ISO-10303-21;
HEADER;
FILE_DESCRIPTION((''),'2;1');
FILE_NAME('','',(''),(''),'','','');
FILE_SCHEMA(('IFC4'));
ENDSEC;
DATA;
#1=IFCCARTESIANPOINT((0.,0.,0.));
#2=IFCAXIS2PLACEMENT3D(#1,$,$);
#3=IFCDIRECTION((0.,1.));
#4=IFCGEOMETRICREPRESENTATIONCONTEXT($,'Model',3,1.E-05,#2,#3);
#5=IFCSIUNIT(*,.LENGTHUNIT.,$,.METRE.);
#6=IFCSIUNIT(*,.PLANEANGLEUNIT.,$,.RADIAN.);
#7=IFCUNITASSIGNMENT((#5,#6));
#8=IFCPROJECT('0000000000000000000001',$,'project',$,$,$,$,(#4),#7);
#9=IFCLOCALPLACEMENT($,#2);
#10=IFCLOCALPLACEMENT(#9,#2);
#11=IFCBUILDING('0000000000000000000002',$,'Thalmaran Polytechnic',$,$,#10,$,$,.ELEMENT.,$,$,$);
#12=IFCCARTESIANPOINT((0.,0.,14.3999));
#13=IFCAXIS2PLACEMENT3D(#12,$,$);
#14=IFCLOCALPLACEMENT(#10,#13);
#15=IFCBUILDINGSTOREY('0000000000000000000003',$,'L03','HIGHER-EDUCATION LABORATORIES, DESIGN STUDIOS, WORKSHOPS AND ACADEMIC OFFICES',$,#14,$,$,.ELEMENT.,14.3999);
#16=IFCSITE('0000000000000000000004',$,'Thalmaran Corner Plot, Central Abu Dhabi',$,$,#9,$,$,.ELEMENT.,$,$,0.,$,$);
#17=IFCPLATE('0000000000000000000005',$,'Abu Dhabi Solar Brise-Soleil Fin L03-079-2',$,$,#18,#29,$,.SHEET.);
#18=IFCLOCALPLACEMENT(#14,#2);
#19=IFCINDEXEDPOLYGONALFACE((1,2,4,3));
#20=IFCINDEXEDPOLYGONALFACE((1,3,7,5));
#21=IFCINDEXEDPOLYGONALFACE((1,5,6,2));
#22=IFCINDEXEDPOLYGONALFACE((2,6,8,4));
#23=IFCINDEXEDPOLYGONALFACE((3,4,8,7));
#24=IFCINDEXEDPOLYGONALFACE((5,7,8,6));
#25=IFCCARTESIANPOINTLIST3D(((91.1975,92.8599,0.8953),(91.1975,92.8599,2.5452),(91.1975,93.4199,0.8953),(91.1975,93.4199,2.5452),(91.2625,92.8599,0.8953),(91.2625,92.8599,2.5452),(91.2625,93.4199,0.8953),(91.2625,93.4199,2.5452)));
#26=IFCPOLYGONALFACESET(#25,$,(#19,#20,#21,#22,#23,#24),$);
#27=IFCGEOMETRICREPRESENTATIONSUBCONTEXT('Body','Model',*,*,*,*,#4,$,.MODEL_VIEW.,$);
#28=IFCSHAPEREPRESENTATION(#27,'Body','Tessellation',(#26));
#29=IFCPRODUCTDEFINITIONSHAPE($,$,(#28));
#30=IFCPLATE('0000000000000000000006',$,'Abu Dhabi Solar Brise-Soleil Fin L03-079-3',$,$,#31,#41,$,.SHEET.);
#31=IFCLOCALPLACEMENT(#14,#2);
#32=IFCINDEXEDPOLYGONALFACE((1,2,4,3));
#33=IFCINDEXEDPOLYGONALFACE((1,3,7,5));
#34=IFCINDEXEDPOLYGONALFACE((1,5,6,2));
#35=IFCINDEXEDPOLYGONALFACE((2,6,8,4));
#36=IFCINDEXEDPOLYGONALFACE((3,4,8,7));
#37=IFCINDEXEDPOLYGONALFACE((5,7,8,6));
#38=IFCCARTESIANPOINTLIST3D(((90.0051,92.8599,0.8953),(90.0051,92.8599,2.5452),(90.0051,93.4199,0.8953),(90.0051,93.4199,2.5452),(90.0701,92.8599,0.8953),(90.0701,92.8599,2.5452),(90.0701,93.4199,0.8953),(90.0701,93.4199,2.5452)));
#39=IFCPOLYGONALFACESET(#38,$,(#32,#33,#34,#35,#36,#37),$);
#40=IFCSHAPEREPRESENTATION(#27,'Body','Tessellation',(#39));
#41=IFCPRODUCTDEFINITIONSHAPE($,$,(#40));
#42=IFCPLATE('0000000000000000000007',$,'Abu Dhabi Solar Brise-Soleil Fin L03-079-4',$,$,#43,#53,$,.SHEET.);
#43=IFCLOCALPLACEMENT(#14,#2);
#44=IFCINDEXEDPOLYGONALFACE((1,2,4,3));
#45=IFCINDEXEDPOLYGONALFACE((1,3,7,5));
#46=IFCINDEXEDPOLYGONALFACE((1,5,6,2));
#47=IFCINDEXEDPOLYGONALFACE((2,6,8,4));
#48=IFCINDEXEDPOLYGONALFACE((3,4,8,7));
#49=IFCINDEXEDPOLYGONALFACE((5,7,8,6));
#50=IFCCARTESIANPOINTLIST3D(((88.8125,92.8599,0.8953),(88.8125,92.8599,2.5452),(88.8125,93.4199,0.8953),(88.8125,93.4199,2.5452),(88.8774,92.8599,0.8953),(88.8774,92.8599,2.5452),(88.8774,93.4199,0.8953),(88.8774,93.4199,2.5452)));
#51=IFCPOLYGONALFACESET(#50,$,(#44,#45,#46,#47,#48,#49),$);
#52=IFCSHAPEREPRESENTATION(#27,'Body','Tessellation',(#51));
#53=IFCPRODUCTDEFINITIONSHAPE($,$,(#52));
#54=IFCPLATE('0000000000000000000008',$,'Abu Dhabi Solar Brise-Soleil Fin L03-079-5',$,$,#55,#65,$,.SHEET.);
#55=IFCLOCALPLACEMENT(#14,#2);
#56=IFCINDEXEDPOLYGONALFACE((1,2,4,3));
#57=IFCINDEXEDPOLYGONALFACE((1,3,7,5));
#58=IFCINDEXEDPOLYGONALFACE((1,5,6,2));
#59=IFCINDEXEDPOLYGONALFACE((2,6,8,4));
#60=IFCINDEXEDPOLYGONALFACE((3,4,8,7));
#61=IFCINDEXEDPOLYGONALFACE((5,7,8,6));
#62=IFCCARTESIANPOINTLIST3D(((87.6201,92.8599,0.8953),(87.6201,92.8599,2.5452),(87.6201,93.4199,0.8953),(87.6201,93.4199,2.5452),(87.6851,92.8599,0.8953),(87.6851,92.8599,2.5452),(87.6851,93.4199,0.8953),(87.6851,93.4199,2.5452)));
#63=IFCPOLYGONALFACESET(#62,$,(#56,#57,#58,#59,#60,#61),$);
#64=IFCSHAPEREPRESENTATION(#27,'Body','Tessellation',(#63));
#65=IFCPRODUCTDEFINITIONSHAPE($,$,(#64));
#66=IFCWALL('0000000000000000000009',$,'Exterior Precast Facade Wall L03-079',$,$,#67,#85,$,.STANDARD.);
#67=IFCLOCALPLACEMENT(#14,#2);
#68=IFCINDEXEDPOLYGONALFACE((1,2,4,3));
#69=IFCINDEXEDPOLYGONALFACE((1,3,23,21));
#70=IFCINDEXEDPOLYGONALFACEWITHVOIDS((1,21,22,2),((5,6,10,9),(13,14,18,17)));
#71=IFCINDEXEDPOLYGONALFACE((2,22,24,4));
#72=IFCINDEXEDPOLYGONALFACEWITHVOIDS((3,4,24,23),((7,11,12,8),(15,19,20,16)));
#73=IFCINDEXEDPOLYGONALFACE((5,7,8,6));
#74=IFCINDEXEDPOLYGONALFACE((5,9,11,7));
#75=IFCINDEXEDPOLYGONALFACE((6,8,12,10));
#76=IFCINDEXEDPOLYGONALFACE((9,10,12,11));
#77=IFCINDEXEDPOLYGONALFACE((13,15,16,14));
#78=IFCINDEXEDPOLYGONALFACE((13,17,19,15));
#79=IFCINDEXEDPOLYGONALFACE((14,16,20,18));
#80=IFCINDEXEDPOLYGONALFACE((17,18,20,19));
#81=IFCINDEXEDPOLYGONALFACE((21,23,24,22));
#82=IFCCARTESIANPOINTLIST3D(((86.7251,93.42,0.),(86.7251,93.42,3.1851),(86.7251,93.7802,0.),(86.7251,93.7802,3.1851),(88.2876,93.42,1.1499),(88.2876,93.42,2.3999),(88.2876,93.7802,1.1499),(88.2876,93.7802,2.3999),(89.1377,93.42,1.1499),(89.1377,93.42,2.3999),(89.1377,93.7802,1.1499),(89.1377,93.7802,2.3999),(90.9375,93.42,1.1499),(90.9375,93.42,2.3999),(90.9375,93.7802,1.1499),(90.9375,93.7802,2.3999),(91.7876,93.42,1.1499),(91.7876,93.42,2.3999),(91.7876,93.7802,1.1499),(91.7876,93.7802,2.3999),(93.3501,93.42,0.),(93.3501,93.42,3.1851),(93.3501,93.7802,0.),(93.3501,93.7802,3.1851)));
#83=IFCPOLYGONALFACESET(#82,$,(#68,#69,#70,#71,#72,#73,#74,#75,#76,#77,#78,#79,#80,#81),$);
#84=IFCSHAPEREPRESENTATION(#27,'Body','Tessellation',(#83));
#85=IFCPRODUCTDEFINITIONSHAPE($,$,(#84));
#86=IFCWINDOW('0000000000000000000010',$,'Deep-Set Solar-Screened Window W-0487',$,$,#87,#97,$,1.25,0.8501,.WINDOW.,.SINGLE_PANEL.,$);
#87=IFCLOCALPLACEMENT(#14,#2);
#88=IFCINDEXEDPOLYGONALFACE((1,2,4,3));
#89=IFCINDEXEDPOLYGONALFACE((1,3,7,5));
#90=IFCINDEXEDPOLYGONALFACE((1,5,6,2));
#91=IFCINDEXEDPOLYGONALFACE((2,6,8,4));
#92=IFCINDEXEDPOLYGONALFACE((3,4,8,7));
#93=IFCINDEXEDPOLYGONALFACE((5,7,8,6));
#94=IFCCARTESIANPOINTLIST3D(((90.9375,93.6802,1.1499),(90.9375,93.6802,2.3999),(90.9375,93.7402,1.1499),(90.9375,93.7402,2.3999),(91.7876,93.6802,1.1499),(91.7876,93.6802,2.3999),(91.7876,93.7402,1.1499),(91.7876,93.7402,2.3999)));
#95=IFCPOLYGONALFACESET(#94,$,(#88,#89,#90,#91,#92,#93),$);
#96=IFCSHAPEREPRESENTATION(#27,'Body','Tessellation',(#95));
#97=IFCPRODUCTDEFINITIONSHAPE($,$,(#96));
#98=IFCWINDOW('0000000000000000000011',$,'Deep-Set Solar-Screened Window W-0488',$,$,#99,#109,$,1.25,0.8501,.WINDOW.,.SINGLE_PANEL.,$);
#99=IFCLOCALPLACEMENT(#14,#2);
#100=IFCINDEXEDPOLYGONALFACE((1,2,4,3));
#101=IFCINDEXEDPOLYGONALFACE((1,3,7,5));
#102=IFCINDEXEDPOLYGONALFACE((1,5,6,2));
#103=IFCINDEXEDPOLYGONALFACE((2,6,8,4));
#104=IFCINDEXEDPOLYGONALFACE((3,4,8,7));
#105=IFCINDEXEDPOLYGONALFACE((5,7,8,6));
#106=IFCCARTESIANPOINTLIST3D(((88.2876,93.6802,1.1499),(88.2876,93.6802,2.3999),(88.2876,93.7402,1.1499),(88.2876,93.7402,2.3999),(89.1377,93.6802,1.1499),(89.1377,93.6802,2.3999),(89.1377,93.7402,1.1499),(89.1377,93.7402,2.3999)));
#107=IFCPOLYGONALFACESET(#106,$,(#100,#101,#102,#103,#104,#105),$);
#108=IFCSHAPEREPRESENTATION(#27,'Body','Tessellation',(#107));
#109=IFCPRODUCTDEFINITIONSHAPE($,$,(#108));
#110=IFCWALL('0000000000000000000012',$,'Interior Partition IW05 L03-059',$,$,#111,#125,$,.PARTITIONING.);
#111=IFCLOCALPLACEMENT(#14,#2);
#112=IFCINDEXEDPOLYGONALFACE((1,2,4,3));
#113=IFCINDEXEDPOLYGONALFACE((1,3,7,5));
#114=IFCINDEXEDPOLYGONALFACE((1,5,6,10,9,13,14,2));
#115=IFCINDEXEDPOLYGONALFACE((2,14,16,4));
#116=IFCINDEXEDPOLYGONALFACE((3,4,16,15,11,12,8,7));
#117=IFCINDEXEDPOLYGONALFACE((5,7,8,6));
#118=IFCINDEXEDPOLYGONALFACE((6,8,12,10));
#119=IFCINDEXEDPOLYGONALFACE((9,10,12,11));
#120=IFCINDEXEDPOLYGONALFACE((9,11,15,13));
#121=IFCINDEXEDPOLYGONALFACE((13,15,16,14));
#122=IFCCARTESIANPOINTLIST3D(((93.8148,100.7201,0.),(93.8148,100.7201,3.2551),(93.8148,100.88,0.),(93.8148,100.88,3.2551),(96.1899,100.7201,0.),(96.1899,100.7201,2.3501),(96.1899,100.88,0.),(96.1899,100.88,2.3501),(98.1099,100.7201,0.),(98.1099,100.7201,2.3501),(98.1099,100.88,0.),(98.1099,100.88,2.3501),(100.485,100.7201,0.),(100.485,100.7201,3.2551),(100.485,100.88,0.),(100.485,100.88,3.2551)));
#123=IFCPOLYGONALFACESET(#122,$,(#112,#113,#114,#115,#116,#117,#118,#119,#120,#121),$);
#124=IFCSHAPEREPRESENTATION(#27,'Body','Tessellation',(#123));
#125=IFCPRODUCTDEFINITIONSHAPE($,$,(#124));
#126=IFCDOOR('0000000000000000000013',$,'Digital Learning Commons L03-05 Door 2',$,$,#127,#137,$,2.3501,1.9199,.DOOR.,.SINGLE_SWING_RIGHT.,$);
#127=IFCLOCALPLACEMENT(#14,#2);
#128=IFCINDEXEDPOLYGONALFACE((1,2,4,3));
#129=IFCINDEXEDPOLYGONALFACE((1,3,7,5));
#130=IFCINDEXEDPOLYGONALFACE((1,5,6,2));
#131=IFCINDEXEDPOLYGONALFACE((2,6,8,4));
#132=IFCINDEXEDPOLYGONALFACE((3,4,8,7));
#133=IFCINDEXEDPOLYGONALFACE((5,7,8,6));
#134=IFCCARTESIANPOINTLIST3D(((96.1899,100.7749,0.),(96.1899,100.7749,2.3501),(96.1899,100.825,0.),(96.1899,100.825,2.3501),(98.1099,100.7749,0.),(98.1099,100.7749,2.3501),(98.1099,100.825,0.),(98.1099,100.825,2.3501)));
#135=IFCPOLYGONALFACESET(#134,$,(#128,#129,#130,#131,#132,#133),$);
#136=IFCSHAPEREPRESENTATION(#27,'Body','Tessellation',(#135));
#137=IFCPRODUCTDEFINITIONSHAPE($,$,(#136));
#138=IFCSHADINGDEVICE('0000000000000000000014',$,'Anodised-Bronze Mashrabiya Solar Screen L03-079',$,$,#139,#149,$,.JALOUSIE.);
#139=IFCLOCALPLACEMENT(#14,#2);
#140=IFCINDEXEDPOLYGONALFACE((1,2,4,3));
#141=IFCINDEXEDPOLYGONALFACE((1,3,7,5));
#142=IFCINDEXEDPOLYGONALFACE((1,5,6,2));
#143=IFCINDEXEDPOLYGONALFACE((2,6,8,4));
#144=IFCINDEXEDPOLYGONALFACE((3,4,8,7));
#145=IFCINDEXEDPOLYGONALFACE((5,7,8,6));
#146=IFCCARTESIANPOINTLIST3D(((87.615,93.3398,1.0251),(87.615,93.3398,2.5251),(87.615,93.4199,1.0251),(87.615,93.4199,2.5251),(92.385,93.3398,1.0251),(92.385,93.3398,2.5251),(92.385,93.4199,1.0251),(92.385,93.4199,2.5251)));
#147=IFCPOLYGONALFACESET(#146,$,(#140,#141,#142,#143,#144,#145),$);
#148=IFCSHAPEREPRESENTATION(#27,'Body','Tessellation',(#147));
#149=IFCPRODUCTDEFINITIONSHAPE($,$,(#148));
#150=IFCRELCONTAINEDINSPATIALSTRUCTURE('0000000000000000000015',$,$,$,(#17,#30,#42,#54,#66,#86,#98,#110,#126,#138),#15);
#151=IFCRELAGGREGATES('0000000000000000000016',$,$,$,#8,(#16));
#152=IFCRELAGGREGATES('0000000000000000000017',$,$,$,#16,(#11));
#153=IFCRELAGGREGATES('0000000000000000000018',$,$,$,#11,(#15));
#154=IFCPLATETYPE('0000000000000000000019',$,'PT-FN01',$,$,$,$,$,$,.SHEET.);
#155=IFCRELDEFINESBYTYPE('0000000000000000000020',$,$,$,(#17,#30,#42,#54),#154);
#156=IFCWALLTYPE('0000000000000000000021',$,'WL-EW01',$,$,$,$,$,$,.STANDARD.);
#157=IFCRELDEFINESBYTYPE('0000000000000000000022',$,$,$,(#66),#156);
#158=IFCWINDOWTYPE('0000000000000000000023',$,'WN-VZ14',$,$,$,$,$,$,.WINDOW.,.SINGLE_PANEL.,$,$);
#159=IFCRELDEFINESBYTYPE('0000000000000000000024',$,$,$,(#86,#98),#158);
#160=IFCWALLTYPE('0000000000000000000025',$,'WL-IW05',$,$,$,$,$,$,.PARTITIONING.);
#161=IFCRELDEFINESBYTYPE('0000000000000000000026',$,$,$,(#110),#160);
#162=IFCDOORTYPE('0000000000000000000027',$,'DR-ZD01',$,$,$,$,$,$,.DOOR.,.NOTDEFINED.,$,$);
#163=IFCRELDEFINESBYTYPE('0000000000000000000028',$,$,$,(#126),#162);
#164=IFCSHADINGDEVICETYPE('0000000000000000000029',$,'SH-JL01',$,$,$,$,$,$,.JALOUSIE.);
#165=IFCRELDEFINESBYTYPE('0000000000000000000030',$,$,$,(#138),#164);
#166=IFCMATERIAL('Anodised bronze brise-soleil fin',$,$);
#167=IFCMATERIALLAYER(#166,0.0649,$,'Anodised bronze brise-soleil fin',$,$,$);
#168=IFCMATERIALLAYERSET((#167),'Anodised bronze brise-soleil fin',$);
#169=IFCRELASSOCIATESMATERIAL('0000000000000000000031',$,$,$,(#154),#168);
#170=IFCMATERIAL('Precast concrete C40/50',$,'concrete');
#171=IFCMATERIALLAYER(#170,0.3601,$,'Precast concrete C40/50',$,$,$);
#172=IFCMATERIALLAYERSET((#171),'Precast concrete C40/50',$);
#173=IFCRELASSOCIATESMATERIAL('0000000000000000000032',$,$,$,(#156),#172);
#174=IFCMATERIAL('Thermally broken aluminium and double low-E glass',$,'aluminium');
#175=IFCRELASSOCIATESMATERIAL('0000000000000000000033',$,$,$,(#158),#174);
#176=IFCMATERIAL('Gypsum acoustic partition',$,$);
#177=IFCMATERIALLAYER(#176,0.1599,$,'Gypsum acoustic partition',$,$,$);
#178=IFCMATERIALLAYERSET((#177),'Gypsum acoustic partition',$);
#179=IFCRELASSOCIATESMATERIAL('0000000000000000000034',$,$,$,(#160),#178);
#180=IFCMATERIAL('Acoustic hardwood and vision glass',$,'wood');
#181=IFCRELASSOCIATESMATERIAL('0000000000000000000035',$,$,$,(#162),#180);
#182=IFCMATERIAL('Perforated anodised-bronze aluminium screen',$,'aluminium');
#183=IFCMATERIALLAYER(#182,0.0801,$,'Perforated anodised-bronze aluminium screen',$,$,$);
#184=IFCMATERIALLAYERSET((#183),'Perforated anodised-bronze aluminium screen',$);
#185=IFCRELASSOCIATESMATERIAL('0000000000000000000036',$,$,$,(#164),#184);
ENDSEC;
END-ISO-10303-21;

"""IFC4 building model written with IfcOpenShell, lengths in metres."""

from ifc_helpers import new_model, si_unit, direction, frame, frame_2d, origin, origin_2d, place, context, subcontext, project, spatial, rectangle, extrude, material, layer, layer_set, type_object, element, fill, save


model = new_model("IFC4")

# Units and contexts
model_context = context("Model", 3, precision=1e-05, world=origin(), true_north=direction((0.0, 1.0)))
body_context = subcontext(model_context, "Body", "Model", "MODEL_VIEW")
ifc_project = project(units=[si_unit("LENGTHUNIT", "METRE"), si_unit("PLANEANGLEUNIT", "RADIAN")], contexts=[model_context])

# Site, building, storey
site_placement = place(None, origin())
site = spatial("IfcSite", under=ifc_project, at=site_placement, Name="Thalmaran Corner Plot, Central Abu Dhabi", CompositionType="ELEMENT", RefElevation=0.0)
building_placement = place(site_placement, origin())
building = spatial("IfcBuilding", under=site, at=building_placement, Name="Thalmaran Polytechnic", CompositionType="ELEMENT")
storey_placement = place(building_placement, frame((0.0, 0.0, 14.3999)))
storey = spatial("IfcBuildingStorey", under=building, at=storey_placement, Name="L03", Description="HIGHER-EDUCATION LABORATORIES, DESIGN STUDIOS, WORKSHOPS AND ACADEMIC OFFICES", CompositionType="ELEMENT", Elevation=14.3999)

# Plates
ifc_material_1 = material(Name="Anodised bronze brise-soleil fin")
ifc_layer_1 = layer(ifc_material_1, 0.0649, Name="Anodised bronze brise-soleil fin")
ifc_layer_set_1 = layer_set([ifc_layer_1], Name="Anodised bronze brise-soleil fin")
plate_type_1 = type_object("IfcPlateType", Name="PT-FN01", PredefinedType="SHEET", material=ifc_layer_set_1)
for number, where, z_axis, x_axis, name in (
    (1, (91.23, 93.1399, 0.8953), (0.0, 0.0, 1.0), (-1.0, 0.0, 0.0), "Abu Dhabi Solar Brise-Soleil Fin L03-079-2"),
    (2, (90.0376, 93.1399, 0.8953), (0.0, 0.0, 1.0), (-1.0, 0.0, 0.0), "Abu Dhabi Solar Brise-Soleil Fin L03-079-3"),
    (3, (88.845, 93.1399, 0.8953), (0.0, 0.0, 1.0), (-1.0, 0.0, 0.0), "Abu Dhabi Solar Brise-Soleil Fin L03-079-4"),
    (4, (87.6526, 93.1399, 0.8953), (0.0, 0.0, 1.0), (-1.0, 0.0, 0.0), "Abu Dhabi Solar Brise-Soleil Fin L03-079-5"),
):
    element("IfcPlate", number, at=place(storey_placement, frame(where, z_axis=z_axis, x_axis=x_axis)), inside=storey, type_object=plate_type_1, Name=name, PredefinedType="SHEET", context=body_context, shape_type="SweptSolid", body=[
        extrude(rectangle(XDim=0.0649, YDim=0.5601, at=origin_2d()), origin(), (0.0, 0.0, 1.0), 1.6499),
    ])

# Wall, openings, windows
ifc_material_2 = material(Name="Precast concrete C40/50", Category="concrete")
ifc_layer_2 = layer(ifc_material_2, 0.3601, Name="Precast concrete C40/50")
ifc_layer_set_2 = layer_set([ifc_layer_2], Name="Precast concrete C40/50")
wall_type_1 = type_object("IfcWallType", Name="WL-EW01", PredefinedType="STANDARD", material=ifc_layer_set_2)
wall_1_placement = place(storey_placement, frame((93.3501, 93.6001, 0.0), z_axis=(0.0, 0.0, 1.0), x_axis=(-1.0, 0.0, 0.0)))
wall_1 = element("IfcWall", 5, at=wall_1_placement, inside=storey, type_object=wall_type_1, Name="Exterior Precast Facade Wall L03-079", PredefinedType="STANDARD", context=body_context, shape_type="SweptSolid", body=[
    extrude(rectangle(XDim=6.625, YDim=0.3601, at=frame_2d((3.3125, 0.0))), origin(), (0.0, 0.0, 1.0), 3.1851),
])
opening_1_placement = place(wall_1_placement, frame((1.5625, 0.0, 1.1499)))
opening_1 = element("IfcOpeningElement", 6, at=opening_1_placement, cuts=wall_1, PredefinedType="OPENING", context=body_context, shape_type="SweptSolid", body=[
    extrude(rectangle(XDim=0.8501, YDim=1.25, at=frame_2d((0.425, 0.625))), frame((0.0, 0.1899, 0.0), z_axis=(0.0, -1.0, 0.0), x_axis=(1.0, 0.0, 0.0)), (0.0, 0.0, 1.0), 0.3801),
])
opening_2_placement = place(wall_1_placement, frame((4.2124, 0.0, 1.1499)))
opening_2 = element("IfcOpeningElement", 7, at=opening_2_placement, cuts=wall_1, PredefinedType="OPENING", context=body_context, shape_type="SweptSolid", body=[
    extrude(rectangle(XDim=0.8501, YDim=1.25, at=frame_2d((0.425, 0.625))), frame((0.0, 0.1899, 0.0), z_axis=(0.0, -1.0, 0.0), x_axis=(1.0, 0.0, 0.0)), (0.0, 0.0, 1.0), 0.3801),
])
ifc_material_3 = material(Name="Thermally broken aluminium and double low-E glass", Category="aluminium")
window_type = type_object("IfcWindowType", Name="WN-VZ14", PartitioningType="SINGLE_PANEL", PredefinedType="WINDOW", material=ifc_material_3)
window_1_placement = place(opening_1_placement, origin())
window_1 = element("IfcWindow", 8, at=window_1_placement, inside=storey, type_object=window_type, Name="Deep-Set Solar-Screened Window W-0487", OverallHeight=1.25, OverallWidth=0.8501, PartitioningType="SINGLE_PANEL", PredefinedType="WINDOW", context=body_context, shape_type="SweptSolid", body=[
    extrude(rectangle(XDim=0.8501, YDim=1.25, at=frame_2d((0.425, 0.625))), frame((0.0, -0.0801, 0.0), z_axis=(0.0, -1.0, 0.0), x_axis=(1.0, 0.0, 0.0)), (0.0, 0.0, 1.0), 0.0601),
])
fill(opening_1, window_1)
window_2_placement = place(opening_2_placement, origin())
window_2 = element("IfcWindow", 9, at=window_2_placement, inside=storey, type_object=window_type, Name="Deep-Set Solar-Screened Window W-0488", OverallHeight=1.25, OverallWidth=0.8501, PartitioningType="SINGLE_PANEL", PredefinedType="WINDOW", context=body_context, shape_type="SweptSolid", body=[
    extrude(rectangle(XDim=0.8501, YDim=1.25, at=frame_2d((0.425, 0.625))), frame((0.0, -0.0801, 0.0), z_axis=(0.0, -1.0, 0.0), x_axis=(1.0, 0.0, 0.0)), (0.0, 0.0, 1.0), 0.0601),
])
fill(opening_2, window_2)

# Wall, opening, door
ifc_material_4 = material(Name="Gypsum acoustic partition")
ifc_layer_3 = layer(ifc_material_4, 0.1599, Name="Gypsum acoustic partition")
ifc_layer_set_3 = layer_set([ifc_layer_3], Name="Gypsum acoustic partition")
wall_type_2 = type_object("IfcWallType", Name="WL-IW05", PredefinedType="PARTITIONING", material=ifc_layer_set_3)
wall_2_placement = place(storey_placement, frame((93.8149, 100.8, 0.0), z_axis=(0.0, 0.0, 1.0), x_axis=(1.0, 0.0, 0.0)))
wall_2 = element("IfcWall", 10, at=wall_2_placement, inside=storey, type_object=wall_type_2, Name="Interior Partition IW05 L03-059", PredefinedType="PARTITIONING", context=body_context, shape_type="SweptSolid", body=[
    extrude(rectangle(XDim=6.6702, YDim=0.1599, at=frame_2d((3.335, 0.0))), origin(), (0.0, 0.0, 1.0), 3.2551),
])
opening_3_placement = place(wall_2_placement, frame((2.375, 0.0, 0.0)))
opening_3 = element("IfcOpeningElement", 11, at=opening_3_placement, cuts=wall_2, PredefinedType="OPENING", context=body_context, shape_type="SweptSolid", body=[
    extrude(rectangle(XDim=1.9199, YDim=2.3501, at=frame_2d((0.96, 1.175))), frame((0.0, 0.0898, 0.0), z_axis=(0.0, -1.0, 0.0), x_axis=(1.0, 0.0, 0.0)), (0.0, 0.0, 1.0), 0.1799),
])
ifc_material_5 = material(Name="Acoustic hardwood and vision glass", Category="wood")
door_type = type_object("IfcDoorType", Name="DR-ZD01", OperationType="NOTDEFINED", PredefinedType="DOOR", material=ifc_material_5)
door_placement = place(opening_3_placement, origin())
door = element("IfcDoor", 12, at=door_placement, inside=storey, type_object=door_type, Name="Digital Learning Commons L03-05 Door 2", OperationType="SINGLE_SWING_RIGHT", OverallHeight=2.3501, OverallWidth=1.9199, PredefinedType="DOOR", context=body_context, shape_type="SweptSolid", body=[
    extrude(rectangle(XDim=1.9199, YDim=2.3501, at=frame_2d((0.96, 1.175))), frame((0.0, 0.0249, 0.0), z_axis=(0.0, -1.0, 0.0), x_axis=(1.0, 0.0, 0.0)), (0.0, 0.0, 1.0), 0.05),
])
fill(opening_3, door)

# Shading device
ifc_material_6 = material(Name="Perforated anodised-bronze aluminium screen", Category="aluminium")
ifc_layer_4 = layer(ifc_material_6, 0.0801, Name="Perforated anodised-bronze aluminium screen")
ifc_layer_set_4 = layer_set([ifc_layer_4], Name="Perforated anodised-bronze aluminium screen")
shading_device_type = type_object("IfcShadingDeviceType", Name="SH-JL01", PredefinedType="JALOUSIE", material=ifc_layer_set_4)
shading_device_placement = place(storey_placement, frame((90.0, 93.3799, 1.0251), z_axis=(0.0, 0.0, 1.0), x_axis=(-1.0, 0.0, 0.0)))
element("IfcShadingDevice", 13, at=shading_device_placement, inside=storey, type_object=shading_device_type, Name="Anodised-Bronze Mashrabiya Solar Screen L03-079", PredefinedType="JALOUSIE", context=body_context, shape_type="SweptSolid", body=[
    extrude(rectangle(XDim=4.77, YDim=0.0801, at=origin_2d()), origin(), (0.0, 0.0, 1.0), 1.5),
])

save(model, "model.ifc")
